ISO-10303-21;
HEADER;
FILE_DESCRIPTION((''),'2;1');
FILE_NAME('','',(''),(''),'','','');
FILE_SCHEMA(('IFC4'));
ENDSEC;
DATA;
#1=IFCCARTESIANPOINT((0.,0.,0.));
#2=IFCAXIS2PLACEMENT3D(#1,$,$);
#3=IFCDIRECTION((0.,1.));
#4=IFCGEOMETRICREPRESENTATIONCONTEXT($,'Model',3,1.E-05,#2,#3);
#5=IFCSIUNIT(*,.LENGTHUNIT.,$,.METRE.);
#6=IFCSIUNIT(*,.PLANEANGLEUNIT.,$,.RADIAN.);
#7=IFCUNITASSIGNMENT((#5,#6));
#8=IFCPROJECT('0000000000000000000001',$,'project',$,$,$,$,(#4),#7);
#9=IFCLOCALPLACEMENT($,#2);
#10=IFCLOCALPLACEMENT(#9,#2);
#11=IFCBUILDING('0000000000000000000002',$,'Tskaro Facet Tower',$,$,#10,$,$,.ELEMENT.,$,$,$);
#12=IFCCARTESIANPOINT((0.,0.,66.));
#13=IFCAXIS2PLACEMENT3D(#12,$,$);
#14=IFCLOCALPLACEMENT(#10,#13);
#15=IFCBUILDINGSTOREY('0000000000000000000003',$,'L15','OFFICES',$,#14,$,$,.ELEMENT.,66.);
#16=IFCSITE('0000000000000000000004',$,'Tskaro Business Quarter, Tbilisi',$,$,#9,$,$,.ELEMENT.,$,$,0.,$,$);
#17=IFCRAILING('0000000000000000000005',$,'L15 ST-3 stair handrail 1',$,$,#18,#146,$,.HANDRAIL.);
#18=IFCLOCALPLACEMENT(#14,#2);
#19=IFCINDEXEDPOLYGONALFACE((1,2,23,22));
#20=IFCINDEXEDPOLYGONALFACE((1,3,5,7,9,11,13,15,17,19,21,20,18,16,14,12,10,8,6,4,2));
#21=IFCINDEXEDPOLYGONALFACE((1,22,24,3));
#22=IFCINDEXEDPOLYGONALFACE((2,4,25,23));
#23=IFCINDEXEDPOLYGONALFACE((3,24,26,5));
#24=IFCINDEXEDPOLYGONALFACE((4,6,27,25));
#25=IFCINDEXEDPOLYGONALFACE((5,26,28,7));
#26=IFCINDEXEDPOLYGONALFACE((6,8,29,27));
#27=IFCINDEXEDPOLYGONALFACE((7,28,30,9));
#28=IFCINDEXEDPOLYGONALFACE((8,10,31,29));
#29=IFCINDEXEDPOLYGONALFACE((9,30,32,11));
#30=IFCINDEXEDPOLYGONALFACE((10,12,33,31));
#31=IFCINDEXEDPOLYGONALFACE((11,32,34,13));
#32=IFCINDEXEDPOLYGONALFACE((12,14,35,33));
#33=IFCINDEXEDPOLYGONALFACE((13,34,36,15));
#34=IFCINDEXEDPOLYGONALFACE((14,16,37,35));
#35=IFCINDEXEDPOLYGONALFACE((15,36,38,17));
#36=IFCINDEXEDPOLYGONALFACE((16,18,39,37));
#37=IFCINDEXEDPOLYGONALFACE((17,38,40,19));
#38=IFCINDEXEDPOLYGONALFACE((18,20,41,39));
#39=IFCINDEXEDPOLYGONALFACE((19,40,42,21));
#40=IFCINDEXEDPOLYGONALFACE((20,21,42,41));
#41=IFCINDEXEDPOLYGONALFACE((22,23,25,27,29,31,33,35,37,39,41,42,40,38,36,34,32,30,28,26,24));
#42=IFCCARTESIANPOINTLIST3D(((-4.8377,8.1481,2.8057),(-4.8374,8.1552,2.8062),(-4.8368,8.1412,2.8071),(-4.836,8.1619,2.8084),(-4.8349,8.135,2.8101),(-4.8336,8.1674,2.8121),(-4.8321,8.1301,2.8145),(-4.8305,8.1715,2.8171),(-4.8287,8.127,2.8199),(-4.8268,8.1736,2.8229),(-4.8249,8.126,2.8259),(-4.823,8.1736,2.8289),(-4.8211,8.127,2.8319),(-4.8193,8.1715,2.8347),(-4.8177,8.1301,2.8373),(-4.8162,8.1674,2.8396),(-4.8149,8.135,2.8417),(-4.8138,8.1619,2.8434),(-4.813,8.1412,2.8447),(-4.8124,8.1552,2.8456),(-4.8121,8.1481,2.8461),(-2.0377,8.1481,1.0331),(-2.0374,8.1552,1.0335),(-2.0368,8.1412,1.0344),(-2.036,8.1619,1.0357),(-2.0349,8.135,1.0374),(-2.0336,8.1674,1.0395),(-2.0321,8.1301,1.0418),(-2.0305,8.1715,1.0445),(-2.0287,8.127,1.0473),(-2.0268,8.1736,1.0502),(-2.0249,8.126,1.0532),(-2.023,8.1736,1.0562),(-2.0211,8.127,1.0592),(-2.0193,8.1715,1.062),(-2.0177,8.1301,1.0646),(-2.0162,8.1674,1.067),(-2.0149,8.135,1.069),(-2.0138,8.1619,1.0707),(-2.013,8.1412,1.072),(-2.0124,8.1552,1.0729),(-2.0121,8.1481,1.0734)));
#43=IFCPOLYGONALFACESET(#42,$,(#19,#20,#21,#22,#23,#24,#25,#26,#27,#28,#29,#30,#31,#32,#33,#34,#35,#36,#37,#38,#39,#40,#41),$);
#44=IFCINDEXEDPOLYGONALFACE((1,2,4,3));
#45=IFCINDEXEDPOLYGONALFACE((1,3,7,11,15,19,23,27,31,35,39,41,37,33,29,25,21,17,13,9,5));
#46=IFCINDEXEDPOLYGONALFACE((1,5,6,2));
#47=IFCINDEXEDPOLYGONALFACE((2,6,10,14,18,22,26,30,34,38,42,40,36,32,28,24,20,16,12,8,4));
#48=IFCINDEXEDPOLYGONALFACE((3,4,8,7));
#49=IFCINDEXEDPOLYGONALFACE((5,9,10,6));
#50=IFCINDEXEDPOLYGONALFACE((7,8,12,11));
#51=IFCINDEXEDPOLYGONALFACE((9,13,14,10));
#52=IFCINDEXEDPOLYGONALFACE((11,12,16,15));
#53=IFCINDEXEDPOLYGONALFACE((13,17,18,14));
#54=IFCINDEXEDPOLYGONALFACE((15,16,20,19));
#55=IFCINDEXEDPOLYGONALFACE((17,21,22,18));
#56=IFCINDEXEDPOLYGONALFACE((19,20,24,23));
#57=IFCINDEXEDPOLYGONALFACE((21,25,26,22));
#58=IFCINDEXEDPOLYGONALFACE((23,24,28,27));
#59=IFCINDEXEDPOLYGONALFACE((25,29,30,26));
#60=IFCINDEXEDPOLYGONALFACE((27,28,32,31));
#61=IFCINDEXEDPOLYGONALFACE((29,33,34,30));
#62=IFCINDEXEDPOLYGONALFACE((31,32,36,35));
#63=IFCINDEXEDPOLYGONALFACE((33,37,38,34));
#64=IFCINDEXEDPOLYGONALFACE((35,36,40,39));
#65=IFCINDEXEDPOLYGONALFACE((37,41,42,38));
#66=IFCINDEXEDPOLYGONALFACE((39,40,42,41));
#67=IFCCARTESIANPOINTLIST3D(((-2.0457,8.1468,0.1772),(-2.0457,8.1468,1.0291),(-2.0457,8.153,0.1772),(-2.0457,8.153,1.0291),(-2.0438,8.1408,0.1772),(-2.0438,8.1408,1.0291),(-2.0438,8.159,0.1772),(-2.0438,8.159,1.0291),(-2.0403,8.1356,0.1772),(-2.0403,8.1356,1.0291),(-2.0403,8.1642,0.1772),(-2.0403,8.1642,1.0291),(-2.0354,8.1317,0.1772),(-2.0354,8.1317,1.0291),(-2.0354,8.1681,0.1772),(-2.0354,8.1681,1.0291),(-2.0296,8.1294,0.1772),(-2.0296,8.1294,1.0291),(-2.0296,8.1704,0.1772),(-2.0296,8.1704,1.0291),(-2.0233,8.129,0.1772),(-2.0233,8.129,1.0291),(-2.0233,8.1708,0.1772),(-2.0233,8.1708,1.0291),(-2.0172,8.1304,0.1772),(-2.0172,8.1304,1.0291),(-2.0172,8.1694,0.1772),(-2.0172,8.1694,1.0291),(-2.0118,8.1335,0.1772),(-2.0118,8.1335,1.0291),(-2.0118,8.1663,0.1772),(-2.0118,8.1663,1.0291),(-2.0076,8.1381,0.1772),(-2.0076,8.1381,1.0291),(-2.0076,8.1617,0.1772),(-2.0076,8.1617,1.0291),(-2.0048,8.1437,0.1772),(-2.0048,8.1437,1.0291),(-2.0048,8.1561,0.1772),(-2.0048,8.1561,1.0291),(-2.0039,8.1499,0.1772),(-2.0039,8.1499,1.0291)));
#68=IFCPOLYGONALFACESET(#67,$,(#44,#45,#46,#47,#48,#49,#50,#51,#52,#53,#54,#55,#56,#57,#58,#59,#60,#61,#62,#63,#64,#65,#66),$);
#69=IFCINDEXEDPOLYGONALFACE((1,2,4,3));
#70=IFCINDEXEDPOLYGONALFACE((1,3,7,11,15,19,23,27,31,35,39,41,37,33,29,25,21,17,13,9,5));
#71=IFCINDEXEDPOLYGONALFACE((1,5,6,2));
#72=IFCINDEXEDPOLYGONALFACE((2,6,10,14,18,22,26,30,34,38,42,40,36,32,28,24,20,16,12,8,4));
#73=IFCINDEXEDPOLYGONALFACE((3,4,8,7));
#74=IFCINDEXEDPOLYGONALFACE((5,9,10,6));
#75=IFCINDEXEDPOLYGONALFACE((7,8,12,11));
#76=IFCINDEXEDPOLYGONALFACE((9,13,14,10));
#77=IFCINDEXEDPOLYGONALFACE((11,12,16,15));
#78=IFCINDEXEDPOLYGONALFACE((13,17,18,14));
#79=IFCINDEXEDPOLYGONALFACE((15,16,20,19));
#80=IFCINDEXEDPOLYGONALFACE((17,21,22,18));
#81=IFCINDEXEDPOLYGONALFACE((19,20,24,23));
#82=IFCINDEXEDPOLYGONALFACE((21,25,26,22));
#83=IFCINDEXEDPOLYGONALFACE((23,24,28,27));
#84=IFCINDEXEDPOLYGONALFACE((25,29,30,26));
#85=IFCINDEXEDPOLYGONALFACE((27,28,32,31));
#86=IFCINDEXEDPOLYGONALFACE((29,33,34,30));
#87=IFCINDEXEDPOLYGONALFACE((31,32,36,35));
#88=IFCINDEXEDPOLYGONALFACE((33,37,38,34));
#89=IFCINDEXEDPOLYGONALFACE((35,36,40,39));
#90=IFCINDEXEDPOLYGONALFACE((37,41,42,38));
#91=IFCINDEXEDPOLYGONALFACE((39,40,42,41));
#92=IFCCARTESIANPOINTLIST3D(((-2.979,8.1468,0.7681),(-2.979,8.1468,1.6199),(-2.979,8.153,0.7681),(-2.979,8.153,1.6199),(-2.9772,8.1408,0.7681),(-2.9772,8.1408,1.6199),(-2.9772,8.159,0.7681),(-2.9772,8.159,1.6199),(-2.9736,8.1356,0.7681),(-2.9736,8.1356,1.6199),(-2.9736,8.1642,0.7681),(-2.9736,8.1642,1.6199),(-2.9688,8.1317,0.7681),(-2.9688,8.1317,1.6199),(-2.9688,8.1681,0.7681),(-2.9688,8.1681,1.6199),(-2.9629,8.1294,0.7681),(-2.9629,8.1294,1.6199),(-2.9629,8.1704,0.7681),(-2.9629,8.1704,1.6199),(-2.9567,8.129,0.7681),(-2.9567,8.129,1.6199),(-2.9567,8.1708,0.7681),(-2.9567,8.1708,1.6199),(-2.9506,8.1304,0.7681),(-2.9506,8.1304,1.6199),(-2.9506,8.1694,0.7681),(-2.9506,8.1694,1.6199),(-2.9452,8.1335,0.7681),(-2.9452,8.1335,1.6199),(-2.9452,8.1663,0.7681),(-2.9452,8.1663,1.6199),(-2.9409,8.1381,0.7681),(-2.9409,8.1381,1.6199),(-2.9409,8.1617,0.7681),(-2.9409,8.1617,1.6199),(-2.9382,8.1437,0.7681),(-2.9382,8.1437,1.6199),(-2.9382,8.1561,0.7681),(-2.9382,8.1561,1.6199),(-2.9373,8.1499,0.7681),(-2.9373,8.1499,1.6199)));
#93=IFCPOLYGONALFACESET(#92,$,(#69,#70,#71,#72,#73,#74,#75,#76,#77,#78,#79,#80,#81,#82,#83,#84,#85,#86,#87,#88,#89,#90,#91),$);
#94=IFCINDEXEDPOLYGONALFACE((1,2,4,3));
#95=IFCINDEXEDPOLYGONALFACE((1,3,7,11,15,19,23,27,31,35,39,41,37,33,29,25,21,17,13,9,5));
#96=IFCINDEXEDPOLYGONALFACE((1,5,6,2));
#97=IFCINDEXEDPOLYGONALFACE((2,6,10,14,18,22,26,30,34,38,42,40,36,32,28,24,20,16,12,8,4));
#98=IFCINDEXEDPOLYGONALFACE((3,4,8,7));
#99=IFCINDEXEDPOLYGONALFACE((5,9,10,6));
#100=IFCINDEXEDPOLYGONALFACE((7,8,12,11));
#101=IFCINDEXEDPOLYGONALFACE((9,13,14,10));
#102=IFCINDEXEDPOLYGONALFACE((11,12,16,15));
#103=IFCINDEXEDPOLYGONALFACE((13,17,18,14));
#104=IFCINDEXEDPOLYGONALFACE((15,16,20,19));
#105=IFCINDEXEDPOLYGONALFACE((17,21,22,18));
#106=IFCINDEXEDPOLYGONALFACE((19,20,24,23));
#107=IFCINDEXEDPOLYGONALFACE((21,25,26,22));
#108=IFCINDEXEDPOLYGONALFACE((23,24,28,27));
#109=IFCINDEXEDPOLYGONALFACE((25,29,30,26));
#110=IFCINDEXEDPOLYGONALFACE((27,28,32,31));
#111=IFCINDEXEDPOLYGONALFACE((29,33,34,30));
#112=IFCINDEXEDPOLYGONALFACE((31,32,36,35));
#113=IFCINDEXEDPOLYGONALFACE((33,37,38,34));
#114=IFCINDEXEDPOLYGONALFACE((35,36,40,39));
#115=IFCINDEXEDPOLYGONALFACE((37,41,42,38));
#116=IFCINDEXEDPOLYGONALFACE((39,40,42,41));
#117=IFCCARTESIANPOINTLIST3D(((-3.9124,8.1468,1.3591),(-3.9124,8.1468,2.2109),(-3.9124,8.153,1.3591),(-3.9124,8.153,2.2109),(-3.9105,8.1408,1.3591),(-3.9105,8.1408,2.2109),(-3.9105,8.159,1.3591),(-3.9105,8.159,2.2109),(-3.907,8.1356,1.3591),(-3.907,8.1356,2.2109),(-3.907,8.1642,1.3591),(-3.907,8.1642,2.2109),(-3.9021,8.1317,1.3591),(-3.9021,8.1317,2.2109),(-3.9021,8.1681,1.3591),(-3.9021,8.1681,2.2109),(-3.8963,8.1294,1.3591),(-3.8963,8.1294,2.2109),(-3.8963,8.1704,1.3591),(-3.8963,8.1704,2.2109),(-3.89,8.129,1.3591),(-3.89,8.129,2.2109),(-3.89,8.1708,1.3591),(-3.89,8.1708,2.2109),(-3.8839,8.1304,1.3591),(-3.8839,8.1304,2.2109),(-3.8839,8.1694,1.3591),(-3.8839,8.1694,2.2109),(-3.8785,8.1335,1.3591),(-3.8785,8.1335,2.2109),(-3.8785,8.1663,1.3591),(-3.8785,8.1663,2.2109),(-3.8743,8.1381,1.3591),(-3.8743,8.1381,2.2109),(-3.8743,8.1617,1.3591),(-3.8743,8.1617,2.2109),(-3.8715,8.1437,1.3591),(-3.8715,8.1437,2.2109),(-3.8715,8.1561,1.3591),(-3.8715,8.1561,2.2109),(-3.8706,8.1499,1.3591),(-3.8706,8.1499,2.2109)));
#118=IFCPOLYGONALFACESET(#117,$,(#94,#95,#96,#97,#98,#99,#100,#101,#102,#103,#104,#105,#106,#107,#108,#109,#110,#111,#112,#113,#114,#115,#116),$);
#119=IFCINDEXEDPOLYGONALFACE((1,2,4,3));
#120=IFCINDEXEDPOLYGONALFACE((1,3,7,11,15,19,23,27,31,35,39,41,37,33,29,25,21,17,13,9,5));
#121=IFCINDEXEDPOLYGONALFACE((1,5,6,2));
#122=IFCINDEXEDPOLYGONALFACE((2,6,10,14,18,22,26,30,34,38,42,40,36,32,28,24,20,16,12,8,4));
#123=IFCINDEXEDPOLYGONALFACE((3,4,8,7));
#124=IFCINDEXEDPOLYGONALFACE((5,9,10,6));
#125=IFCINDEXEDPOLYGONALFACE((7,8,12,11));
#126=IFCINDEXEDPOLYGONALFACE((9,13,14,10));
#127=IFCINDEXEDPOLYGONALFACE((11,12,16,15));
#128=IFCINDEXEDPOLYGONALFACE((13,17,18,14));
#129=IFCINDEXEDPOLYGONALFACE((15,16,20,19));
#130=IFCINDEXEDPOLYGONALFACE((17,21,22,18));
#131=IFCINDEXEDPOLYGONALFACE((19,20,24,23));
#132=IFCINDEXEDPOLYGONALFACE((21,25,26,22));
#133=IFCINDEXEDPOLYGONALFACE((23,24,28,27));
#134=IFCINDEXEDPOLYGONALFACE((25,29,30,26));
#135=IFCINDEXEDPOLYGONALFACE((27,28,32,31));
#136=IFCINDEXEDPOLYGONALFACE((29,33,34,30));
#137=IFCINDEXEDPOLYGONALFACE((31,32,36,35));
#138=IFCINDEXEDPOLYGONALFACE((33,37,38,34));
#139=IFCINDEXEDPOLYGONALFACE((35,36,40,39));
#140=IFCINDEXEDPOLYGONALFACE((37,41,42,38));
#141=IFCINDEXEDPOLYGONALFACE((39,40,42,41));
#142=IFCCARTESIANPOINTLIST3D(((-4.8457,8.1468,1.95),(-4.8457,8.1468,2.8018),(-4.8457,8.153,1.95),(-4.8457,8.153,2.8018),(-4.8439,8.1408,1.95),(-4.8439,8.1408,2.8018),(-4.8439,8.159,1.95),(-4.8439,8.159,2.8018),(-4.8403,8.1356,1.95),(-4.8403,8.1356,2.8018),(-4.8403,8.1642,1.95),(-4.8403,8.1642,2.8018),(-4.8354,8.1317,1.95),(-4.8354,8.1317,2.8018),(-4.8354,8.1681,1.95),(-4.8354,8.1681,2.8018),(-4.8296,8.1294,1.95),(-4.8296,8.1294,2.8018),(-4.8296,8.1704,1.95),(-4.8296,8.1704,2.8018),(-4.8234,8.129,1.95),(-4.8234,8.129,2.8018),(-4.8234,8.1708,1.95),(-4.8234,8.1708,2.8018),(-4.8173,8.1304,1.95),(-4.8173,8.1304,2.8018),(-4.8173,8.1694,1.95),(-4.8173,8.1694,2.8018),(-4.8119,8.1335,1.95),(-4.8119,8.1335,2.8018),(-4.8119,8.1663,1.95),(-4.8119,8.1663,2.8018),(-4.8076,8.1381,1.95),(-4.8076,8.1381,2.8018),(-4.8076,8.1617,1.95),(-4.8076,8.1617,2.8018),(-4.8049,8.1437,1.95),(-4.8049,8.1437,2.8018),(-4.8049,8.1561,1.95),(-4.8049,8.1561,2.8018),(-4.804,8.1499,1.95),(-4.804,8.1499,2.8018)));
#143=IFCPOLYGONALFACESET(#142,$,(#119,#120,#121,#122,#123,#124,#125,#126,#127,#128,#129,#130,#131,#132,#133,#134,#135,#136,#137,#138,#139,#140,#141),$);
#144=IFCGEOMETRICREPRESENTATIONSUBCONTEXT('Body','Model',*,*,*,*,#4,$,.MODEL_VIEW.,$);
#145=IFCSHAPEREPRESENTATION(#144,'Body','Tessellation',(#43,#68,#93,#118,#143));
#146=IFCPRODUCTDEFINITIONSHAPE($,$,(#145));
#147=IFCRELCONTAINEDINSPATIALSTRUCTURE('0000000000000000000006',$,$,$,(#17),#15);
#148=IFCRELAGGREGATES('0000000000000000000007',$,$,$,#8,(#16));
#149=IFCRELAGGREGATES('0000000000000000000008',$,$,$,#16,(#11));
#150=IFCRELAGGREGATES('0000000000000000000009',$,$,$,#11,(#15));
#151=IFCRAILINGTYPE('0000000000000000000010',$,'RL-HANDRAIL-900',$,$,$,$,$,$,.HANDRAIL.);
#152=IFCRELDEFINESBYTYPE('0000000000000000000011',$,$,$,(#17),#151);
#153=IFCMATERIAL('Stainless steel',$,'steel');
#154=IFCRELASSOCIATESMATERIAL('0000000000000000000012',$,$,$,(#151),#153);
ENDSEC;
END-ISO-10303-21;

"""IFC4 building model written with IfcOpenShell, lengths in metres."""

from ifc_helpers import new_model, si_unit, direction, frame, origin, origin_2d, place, context, subcontext, project, spatial, circle, extrude, material, type_object, element, save


model = new_model("IFC4")

# Units and contexts
model_context = context("Model", 3, precision=1e-05, world=origin(), true_north=direction((0.0, 1.0)))
body_context = subcontext(model_context, "Body", "Model", "MODEL_VIEW")
ifc_project = project(units=[si_unit("LENGTHUNIT", "METRE"), si_unit("PLANEANGLEUNIT", "RADIAN")], contexts=[model_context])

# Site, building, storey
site_placement = place(None, origin())
site = spatial("IfcSite", under=ifc_project, at=site_placement, Name="Tskaro Business Quarter, Tbilisi", CompositionType="ELEMENT", RefElevation=0.0)
building_placement = place(site_placement, origin())
building = spatial("IfcBuilding", under=site, at=building_placement, Name="Tskaro Facet Tower", CompositionType="ELEMENT")
storey_placement = place(building_placement, frame((0.0, 0.0, 66.0)))
storey = spatial("IfcBuildingStorey", under=building, at=storey_placement, Name="L15", Description="OFFICES", CompositionType="ELEMENT", Elevation=66.0)

# Railing
ifc_material_1 = material(Name="Stainless steel", Category="steel")
railing_type_1 = type_object("IfcRailingType", Name="RL-HANDRAIL-900", PredefinedType="HANDRAIL", material=ifc_material_1)
railing_1_placement = place(storey_placement, frame((-2.0249, 8.1499, 0.1772)))
element("IfcRailing", 1, at=railing_1_placement, inside=storey, type_object=railing_type_1, Name="L15 ST-3 stair handrail 1", PredefinedType="HANDRAIL", context=body_context, shape_type="SweptSolid", body=[
    extrude(circle(Radius=0.0239, at=origin_2d()), frame((0.0, 0.0, 0.876), z_axis=(-0.844909, 0.0, 0.53491), x_axis=(0.0, -1.0, 0.0)), (0.0, 0.0, 1.0), 3.314),
    extrude(circle(Radius=0.021, at=origin_2d()), origin(), (0.0, 0.0, 1.0), 0.8518),
    extrude(circle(Radius=0.021, at=origin_2d()), frame((-0.9333, 0.0, 0.5908)), (0.0, 0.0, 1.0), 0.8518),
    extrude(circle(Radius=0.021, at=origin_2d()), frame((-1.8667, 0.0, 1.1819)), (0.0, 0.0, 1.0), 0.8518),
    extrude(circle(Radius=0.021, at=origin_2d()), frame((-2.8, 0.0, 1.7727)), (0.0, 0.0, 1.0), 0.8518),
])

save(model, "model.ifc")
